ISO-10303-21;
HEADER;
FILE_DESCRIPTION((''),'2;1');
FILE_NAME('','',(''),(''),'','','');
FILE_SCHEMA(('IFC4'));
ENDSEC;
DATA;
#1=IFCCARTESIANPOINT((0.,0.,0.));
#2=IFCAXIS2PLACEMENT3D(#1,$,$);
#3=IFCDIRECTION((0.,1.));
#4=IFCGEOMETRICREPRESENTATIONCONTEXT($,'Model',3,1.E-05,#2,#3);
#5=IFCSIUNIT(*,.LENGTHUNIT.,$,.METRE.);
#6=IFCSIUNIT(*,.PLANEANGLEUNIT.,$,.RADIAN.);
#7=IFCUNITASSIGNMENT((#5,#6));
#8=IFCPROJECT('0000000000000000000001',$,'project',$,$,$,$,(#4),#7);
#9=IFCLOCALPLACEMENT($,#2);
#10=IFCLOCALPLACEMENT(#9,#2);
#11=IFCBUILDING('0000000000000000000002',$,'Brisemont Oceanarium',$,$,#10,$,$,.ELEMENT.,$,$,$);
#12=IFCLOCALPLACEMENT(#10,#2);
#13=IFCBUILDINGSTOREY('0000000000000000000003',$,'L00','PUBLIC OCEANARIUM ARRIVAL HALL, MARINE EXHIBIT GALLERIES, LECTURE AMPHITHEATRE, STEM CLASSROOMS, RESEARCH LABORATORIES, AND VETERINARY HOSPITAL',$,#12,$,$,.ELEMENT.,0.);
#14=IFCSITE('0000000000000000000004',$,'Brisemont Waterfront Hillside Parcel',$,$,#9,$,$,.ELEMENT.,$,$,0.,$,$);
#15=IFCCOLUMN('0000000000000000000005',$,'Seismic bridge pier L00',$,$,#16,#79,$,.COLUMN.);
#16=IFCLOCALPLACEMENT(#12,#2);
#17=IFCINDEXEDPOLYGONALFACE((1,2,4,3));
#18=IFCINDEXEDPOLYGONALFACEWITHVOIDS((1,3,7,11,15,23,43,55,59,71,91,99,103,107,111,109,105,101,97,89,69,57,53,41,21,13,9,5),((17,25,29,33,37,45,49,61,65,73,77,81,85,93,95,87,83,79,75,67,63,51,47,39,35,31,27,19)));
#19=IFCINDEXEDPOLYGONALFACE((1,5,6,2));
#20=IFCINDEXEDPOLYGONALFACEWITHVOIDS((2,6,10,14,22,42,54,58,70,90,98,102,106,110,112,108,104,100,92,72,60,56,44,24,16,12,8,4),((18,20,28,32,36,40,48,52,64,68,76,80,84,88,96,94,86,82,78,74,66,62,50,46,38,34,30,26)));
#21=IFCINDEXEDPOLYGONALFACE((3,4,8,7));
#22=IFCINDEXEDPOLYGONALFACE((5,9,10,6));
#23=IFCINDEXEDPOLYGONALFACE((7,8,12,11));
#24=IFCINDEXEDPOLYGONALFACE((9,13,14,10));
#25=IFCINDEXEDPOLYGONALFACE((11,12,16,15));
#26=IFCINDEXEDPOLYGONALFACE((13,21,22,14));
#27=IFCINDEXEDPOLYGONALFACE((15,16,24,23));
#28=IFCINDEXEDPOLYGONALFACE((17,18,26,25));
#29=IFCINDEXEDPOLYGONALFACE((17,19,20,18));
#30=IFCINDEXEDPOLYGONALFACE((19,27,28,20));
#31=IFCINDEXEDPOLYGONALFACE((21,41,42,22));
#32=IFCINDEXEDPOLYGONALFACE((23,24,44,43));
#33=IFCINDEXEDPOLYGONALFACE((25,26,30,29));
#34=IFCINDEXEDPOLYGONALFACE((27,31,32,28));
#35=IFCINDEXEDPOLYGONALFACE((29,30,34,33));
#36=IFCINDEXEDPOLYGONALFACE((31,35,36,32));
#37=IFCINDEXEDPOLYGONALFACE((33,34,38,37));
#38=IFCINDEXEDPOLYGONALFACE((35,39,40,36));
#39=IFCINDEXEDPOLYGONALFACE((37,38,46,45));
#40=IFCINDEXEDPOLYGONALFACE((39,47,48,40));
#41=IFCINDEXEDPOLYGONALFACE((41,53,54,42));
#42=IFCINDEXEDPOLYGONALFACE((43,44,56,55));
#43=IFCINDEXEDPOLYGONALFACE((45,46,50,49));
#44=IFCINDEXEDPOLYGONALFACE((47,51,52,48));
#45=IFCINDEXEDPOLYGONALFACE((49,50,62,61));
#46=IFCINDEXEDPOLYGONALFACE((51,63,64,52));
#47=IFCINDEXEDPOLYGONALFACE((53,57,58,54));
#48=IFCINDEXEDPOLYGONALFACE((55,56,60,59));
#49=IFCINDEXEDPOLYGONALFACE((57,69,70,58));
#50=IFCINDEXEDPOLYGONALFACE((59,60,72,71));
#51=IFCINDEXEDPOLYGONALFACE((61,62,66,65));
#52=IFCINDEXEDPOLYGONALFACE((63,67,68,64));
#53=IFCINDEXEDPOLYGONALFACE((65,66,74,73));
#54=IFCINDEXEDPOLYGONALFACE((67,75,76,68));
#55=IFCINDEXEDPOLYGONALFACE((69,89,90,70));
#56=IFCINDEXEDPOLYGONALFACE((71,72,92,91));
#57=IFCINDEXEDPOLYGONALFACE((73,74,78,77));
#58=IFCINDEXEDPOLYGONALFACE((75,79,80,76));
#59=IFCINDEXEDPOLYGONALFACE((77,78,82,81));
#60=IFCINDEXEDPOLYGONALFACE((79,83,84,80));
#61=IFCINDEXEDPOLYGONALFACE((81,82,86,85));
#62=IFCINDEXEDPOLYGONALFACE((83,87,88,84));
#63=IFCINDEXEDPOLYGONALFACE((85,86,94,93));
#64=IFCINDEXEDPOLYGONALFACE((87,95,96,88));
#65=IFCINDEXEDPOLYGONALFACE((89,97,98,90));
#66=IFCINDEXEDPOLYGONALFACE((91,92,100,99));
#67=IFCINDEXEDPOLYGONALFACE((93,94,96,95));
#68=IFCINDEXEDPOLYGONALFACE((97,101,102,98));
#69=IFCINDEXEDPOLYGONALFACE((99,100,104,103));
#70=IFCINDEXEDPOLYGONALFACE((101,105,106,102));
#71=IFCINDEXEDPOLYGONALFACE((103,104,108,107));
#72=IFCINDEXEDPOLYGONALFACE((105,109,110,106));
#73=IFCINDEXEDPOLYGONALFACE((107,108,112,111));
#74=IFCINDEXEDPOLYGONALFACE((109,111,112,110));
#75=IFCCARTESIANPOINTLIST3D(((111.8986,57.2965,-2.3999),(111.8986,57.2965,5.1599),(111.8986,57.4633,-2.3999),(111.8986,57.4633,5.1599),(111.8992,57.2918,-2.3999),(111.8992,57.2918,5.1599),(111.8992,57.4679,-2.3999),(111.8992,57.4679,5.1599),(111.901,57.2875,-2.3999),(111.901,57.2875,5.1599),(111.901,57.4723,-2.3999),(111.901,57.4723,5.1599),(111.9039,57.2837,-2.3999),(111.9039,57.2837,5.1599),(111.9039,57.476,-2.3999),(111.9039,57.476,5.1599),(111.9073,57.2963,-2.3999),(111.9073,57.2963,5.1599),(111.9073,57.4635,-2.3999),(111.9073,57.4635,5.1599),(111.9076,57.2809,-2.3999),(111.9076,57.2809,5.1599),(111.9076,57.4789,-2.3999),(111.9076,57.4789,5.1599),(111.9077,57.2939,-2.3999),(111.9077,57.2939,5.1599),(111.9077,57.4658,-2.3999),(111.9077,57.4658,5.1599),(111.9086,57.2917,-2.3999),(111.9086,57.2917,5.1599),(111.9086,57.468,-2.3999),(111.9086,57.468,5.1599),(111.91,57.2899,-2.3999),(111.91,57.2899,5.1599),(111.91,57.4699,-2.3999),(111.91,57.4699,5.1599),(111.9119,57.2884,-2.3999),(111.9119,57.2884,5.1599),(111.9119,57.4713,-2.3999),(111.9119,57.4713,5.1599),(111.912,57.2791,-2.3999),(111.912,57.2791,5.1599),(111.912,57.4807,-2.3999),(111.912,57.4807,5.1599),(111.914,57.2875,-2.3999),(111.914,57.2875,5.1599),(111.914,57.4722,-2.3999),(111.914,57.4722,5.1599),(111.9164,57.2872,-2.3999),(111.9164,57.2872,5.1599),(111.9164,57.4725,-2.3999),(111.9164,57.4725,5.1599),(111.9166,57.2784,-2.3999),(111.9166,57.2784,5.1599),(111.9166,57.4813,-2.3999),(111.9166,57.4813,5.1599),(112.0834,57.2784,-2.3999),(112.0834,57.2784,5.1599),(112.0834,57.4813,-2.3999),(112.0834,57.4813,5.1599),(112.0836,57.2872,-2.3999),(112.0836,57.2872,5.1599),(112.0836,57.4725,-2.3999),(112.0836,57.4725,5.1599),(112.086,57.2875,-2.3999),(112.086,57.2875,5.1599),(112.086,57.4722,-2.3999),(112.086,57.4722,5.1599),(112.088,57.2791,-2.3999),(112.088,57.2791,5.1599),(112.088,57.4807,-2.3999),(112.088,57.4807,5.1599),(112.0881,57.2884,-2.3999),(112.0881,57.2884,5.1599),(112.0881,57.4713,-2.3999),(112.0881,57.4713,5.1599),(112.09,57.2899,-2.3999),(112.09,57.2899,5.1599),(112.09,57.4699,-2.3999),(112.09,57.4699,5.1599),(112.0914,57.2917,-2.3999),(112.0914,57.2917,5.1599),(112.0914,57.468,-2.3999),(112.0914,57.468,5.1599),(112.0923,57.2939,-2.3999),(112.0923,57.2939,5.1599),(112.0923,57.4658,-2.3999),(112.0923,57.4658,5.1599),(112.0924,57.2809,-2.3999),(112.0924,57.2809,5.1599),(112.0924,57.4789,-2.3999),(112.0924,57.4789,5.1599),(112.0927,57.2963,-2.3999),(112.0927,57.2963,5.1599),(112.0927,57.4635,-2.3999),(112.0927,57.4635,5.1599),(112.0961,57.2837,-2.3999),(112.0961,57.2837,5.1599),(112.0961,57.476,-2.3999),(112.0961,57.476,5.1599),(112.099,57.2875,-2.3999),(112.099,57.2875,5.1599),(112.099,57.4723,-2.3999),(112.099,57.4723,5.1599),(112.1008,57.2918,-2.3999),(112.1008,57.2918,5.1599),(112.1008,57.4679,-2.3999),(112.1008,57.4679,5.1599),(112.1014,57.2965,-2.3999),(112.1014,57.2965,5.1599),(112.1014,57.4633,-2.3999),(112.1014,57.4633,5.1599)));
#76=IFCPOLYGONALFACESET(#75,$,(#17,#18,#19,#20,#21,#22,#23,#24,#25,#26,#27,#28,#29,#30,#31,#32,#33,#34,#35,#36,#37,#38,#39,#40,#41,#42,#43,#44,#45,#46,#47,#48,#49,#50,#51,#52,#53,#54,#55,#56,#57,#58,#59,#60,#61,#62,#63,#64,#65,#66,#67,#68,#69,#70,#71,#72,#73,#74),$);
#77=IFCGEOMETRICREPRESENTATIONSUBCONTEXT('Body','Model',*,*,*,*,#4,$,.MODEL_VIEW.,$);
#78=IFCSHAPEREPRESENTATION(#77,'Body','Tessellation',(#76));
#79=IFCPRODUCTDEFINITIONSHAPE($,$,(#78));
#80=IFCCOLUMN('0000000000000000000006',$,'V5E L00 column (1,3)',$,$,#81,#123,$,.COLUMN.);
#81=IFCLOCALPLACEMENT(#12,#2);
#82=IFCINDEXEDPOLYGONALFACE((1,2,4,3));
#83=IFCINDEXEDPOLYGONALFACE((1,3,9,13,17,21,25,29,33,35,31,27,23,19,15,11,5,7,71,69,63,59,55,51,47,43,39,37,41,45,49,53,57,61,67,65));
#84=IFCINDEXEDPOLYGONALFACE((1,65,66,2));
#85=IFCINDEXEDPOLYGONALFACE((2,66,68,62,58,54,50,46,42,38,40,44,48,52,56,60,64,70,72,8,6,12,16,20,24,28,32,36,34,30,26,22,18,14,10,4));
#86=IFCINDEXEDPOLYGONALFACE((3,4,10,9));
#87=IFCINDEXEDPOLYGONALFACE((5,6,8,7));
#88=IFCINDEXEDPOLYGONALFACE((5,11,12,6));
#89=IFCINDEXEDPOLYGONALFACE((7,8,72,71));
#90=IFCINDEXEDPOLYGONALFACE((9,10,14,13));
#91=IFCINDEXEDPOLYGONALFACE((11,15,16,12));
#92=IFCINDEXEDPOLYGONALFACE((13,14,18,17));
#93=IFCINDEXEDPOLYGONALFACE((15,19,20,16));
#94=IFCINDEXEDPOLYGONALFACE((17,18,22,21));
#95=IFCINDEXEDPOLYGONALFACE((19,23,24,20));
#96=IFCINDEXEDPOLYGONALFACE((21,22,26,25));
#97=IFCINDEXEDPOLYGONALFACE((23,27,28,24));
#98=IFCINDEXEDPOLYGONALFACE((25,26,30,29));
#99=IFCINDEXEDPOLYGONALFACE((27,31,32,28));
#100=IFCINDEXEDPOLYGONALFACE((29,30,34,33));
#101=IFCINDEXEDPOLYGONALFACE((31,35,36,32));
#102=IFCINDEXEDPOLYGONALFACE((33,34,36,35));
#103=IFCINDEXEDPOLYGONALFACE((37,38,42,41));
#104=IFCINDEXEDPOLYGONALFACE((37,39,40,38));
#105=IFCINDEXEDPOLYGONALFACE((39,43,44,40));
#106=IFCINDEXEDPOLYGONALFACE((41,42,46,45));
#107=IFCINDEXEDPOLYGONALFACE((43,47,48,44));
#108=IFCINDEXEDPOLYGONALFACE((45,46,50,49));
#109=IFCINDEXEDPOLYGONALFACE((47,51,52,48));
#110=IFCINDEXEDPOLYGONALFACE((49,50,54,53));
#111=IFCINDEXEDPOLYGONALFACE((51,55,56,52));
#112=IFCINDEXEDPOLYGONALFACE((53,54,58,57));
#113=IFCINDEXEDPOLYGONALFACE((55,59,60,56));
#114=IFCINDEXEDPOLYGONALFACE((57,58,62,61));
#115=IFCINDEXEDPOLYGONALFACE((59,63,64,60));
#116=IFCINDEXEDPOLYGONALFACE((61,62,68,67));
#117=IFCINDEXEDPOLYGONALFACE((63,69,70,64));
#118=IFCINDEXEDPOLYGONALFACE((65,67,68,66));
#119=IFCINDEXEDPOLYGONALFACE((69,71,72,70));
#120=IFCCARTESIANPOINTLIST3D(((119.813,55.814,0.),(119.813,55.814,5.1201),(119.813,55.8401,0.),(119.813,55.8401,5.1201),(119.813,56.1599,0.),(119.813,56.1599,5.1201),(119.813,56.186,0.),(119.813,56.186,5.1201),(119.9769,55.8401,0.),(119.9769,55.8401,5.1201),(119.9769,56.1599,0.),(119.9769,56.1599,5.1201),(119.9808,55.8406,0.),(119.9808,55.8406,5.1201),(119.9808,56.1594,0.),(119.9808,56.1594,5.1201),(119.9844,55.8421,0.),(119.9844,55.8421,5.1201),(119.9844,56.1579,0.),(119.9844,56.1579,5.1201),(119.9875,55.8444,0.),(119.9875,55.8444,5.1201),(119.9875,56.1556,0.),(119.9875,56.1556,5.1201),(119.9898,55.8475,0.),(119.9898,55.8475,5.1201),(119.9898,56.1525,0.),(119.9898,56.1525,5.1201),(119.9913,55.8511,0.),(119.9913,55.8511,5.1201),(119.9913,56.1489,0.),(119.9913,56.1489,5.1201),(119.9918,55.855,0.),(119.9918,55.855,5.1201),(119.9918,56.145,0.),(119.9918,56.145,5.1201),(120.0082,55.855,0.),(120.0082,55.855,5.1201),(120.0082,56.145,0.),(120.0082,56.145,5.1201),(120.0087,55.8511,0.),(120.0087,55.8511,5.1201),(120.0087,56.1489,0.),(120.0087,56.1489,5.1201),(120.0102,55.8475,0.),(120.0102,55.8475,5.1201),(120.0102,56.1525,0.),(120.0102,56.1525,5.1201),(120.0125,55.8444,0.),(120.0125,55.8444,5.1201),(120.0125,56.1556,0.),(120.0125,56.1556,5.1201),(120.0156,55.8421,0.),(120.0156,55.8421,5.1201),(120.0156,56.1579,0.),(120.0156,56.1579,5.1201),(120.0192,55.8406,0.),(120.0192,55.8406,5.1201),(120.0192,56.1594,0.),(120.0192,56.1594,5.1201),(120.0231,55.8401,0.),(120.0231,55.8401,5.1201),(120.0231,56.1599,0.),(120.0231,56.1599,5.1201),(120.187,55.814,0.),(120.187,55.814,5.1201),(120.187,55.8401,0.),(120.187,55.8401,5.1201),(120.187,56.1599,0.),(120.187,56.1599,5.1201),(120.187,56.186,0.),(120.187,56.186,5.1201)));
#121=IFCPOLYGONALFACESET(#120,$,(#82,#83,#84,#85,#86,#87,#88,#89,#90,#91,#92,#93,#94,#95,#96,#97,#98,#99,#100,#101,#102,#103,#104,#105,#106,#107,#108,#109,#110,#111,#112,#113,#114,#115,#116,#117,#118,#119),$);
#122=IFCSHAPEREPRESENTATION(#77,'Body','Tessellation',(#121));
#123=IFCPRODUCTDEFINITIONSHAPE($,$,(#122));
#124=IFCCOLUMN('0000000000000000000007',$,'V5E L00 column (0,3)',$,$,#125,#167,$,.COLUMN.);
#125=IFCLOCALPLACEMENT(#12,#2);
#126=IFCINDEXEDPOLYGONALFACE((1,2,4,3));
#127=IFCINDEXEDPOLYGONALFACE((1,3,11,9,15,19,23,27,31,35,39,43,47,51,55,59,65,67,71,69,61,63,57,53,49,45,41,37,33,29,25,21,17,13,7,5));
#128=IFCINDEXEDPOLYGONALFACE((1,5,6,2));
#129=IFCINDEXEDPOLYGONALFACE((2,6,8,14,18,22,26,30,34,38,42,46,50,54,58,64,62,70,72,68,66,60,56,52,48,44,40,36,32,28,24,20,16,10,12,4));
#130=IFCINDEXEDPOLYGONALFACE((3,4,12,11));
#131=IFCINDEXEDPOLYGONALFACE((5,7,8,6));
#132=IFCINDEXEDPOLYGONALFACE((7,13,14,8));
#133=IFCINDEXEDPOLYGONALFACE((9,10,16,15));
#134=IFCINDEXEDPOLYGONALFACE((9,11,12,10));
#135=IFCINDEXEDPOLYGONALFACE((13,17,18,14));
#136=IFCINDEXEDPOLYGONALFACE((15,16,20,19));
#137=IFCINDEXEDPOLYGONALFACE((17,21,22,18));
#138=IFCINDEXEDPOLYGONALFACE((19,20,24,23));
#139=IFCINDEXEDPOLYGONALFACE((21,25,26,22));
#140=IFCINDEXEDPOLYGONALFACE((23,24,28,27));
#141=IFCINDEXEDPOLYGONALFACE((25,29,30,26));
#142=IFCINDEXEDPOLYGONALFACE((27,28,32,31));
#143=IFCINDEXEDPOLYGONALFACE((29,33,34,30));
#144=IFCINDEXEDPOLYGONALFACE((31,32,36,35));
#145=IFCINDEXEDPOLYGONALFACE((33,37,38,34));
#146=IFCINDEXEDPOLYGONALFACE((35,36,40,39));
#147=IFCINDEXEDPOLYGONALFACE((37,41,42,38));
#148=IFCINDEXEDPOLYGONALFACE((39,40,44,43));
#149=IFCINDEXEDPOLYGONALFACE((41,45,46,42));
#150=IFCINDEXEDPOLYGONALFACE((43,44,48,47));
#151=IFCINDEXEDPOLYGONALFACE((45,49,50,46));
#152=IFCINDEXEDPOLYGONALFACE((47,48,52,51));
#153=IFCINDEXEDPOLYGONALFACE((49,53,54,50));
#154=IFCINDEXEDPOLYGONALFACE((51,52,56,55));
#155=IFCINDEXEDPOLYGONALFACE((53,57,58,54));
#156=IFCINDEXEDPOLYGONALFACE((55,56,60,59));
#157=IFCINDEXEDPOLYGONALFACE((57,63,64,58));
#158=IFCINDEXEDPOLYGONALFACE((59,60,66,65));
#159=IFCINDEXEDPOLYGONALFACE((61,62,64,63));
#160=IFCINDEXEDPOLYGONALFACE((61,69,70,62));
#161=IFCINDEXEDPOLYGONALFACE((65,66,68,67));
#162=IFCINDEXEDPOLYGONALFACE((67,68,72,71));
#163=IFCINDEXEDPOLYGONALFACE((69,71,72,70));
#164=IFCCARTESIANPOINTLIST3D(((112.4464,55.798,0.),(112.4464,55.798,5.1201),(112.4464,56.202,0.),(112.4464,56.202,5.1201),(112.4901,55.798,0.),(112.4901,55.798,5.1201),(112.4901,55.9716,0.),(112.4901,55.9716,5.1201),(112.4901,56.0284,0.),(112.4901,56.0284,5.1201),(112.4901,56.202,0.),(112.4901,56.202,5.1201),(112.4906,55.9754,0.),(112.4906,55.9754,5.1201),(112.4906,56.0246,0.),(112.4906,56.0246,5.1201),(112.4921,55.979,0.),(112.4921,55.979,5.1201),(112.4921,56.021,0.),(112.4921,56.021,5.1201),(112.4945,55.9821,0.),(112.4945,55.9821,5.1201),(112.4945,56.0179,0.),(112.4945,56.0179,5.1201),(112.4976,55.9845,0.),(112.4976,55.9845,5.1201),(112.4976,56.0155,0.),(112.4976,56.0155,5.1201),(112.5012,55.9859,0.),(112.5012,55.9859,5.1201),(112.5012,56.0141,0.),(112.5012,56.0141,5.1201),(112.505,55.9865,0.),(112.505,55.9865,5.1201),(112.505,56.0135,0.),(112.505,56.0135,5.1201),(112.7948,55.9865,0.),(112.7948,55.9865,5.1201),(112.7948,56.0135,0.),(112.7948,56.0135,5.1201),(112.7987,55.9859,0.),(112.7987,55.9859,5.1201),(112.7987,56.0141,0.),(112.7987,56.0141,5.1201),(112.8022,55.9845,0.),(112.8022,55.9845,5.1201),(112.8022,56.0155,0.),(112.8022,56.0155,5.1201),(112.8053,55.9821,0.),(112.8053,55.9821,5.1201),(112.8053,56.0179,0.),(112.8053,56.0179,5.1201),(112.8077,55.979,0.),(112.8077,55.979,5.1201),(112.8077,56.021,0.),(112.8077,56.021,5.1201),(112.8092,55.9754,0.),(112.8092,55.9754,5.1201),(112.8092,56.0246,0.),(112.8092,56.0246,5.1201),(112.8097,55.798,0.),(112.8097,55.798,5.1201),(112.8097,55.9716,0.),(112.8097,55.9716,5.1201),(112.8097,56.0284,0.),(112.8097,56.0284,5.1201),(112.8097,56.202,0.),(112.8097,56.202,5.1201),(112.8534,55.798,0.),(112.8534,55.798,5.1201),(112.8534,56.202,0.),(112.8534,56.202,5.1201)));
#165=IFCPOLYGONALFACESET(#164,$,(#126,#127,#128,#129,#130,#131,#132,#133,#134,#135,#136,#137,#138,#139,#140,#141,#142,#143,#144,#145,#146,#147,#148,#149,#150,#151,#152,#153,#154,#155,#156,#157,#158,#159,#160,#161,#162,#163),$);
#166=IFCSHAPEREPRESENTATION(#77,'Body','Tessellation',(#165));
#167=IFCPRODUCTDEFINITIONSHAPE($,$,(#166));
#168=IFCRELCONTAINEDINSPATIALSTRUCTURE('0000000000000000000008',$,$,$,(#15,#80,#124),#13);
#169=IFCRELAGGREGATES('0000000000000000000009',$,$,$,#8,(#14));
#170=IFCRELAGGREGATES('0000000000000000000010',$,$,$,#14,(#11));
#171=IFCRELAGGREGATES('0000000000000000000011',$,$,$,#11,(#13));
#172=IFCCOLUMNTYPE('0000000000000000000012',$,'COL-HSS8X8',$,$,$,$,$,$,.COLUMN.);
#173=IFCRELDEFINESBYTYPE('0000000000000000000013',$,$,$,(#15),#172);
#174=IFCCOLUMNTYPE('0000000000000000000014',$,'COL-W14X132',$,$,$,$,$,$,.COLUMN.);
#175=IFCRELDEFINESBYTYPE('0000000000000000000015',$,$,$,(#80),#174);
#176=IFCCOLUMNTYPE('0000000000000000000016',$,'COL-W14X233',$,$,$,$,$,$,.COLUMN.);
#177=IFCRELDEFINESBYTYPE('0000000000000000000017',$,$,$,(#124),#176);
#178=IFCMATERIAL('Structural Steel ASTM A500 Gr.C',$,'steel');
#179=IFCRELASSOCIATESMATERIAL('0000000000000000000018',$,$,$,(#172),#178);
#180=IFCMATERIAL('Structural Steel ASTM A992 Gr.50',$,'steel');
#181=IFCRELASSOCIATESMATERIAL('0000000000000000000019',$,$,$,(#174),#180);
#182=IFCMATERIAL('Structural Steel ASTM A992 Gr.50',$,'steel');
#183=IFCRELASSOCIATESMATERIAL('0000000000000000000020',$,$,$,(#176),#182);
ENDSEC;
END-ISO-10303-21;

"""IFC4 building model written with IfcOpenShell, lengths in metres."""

from ifc_helpers import new_model, si_unit, direction, frame, origin, origin_2d, place, context, subcontext, project, spatial, hollow_rectangle, i_section, extrude, material, material_profile, profile_set, type_object, element, save


model = new_model("IFC4")

# Units and contexts
model_context = context("Model", 3, precision=1e-05, world=origin(), true_north=direction((0.0, 1.0)))
body_context = subcontext(model_context, "Body", "Model", "MODEL_VIEW")
ifc_project = project(units=[si_unit("LENGTHUNIT", "METRE"), si_unit("PLANEANGLEUNIT", "RADIAN")], contexts=[model_context])

# Site, building, storey
site_placement = place(None, origin())
site = spatial("IfcSite", under=ifc_project, at=site_placement, Name="Brisemont Waterfront Hillside Parcel", CompositionType="ELEMENT", RefElevation=0.0)
building_placement = place(site_placement, origin())
building = spatial("IfcBuilding", under=site, at=building_placement, Name="Brisemont Oceanarium", CompositionType="ELEMENT")
storey_placement = place(building_placement, origin())
storey = spatial("IfcBuildingStorey", under=building, at=storey_placement, Name="L00", Description="PUBLIC OCEANARIUM ARRIVAL HALL, MARINE EXHIBIT GALLERIES, LECTURE AMPHITHEATRE, STEM CLASSROOMS, RESEARCH LABORATORIES, AND VETERINARY HOSPITAL", CompositionType="ELEMENT", Elevation=0.0)

# Columns
ifc_material_1 = material(Name="Structural Steel ASTM A500 Gr.C", Category="steel")
ifc_material_profile_1 = material_profile(ifc_material_1, hollow_rectangle(XDim=0.2029, YDim=0.2029, WallThickness=0.0088, InnerFilletRadius=0.009, OuterFilletRadius=0.0181, at=origin_2d()), Name="HSS8X8X3/8")
ifc_profile_set_1 = profile_set([ifc_material_profile_1], Name="Structural Steel ASTM A500 Gr.C")
column_type_1 = type_object("IfcColumnType", Name="COL-HSS8X8", PredefinedType="COLUMN", material=ifc_profile_set_1)
for number, where, z_axis, x_axis, name in (
    (1, (112.0, 57.3799, -2.3999), (0.0, 0.0, 1.0), (1.0, 0.0, 0.0), "Seismic bridge pier L00"),
):
    element("IfcColumn", number, at=place(storey_placement, frame(where, z_axis=z_axis, x_axis=x_axis)), inside=storey, type_object=column_type_1, Name=name, PredefinedType="COLUMN", context=body_context, shape_type="SweptSolid", body=[
        extrude(hollow_rectangle(XDim=0.2029, YDim=0.2029, WallThickness=0.0088, InnerFilletRadius=0.009, OuterFilletRadius=0.0181, at=origin_2d()), origin(), (0.0, 0.0, 1.0), 7.5598),
    ])
ifc_material_2 = material(Name="Structural Steel ASTM A992 Gr.50", Category="steel")
ifc_material_profile_2 = material_profile(ifc_material_2, i_section(OverallWidth=0.374, OverallDepth=0.3721, WebThickness=0.0164, FlangeThickness=0.0261, FilletRadius=0.0149, at=origin_2d()), Name="W14X132")
ifc_profile_set_2 = profile_set([ifc_material_profile_2], Name="Structural Steel ASTM A992 Gr.50")
column_type_2 = type_object("IfcColumnType", Name="COL-W14X132", PredefinedType="COLUMN", material=ifc_profile_set_2)
column_1_placement = place(storey_placement, frame((120.0, 56.0, 0.0), z_axis=(0.0, 0.0, 1.0), x_axis=(1.0, 0.0, 0.0)))
element("IfcColumn", 2, at=column_1_placement, inside=storey, type_object=column_type_2, Name="V5E L00 column (1,3)", PredefinedType="COLUMN", context=body_context, shape_type="SweptSolid", body=[
    extrude(i_section(OverallWidth=0.374, OverallDepth=0.3721, WebThickness=0.0164, FlangeThickness=0.0261, FilletRadius=0.0149, at=origin_2d()), origin(), (0.0, 0.0, 1.0), 5.1201),
])
ifc_material_3 = material(Name="Structural Steel ASTM A992 Gr.50", Category="steel")
ifc_material_profile_3 = material_profile(ifc_material_3, i_section(OverallWidth=0.4041, OverallDepth=0.407, WebThickness=0.0271, FlangeThickness=0.0437, FilletRadius=0.0149, at=origin_2d()), Name="W14X233")
ifc_profile_set_3 = profile_set([ifc_material_profile_3], Name="Structural Steel ASTM A992 Gr.50")
column_type_3 = type_object("IfcColumnType", Name="COL-W14X233", PredefinedType="COLUMN", material=ifc_profile_set_3)
column_2_placement = place(storey_placement, frame((112.6499, 56.0, 0.0), z_axis=(0.0, 0.0, 1.0), x_axis=(0.0, 1.0, 0.0)))
element("IfcColumn", 3, at=column_2_placement, inside=storey, type_object=column_type_3, Name="V5E L00 column (0,3)", PredefinedType="COLUMN", context=body_context, shape_type="SweptSolid", body=[
    extrude(i_section(OverallWidth=0.4041, OverallDepth=0.407, WebThickness=0.0271, FlangeThickness=0.0437, FilletRadius=0.0149, at=origin_2d()), origin(), (0.0, 0.0, 1.0), 5.1201),
])

save(model, "model.ifc")
